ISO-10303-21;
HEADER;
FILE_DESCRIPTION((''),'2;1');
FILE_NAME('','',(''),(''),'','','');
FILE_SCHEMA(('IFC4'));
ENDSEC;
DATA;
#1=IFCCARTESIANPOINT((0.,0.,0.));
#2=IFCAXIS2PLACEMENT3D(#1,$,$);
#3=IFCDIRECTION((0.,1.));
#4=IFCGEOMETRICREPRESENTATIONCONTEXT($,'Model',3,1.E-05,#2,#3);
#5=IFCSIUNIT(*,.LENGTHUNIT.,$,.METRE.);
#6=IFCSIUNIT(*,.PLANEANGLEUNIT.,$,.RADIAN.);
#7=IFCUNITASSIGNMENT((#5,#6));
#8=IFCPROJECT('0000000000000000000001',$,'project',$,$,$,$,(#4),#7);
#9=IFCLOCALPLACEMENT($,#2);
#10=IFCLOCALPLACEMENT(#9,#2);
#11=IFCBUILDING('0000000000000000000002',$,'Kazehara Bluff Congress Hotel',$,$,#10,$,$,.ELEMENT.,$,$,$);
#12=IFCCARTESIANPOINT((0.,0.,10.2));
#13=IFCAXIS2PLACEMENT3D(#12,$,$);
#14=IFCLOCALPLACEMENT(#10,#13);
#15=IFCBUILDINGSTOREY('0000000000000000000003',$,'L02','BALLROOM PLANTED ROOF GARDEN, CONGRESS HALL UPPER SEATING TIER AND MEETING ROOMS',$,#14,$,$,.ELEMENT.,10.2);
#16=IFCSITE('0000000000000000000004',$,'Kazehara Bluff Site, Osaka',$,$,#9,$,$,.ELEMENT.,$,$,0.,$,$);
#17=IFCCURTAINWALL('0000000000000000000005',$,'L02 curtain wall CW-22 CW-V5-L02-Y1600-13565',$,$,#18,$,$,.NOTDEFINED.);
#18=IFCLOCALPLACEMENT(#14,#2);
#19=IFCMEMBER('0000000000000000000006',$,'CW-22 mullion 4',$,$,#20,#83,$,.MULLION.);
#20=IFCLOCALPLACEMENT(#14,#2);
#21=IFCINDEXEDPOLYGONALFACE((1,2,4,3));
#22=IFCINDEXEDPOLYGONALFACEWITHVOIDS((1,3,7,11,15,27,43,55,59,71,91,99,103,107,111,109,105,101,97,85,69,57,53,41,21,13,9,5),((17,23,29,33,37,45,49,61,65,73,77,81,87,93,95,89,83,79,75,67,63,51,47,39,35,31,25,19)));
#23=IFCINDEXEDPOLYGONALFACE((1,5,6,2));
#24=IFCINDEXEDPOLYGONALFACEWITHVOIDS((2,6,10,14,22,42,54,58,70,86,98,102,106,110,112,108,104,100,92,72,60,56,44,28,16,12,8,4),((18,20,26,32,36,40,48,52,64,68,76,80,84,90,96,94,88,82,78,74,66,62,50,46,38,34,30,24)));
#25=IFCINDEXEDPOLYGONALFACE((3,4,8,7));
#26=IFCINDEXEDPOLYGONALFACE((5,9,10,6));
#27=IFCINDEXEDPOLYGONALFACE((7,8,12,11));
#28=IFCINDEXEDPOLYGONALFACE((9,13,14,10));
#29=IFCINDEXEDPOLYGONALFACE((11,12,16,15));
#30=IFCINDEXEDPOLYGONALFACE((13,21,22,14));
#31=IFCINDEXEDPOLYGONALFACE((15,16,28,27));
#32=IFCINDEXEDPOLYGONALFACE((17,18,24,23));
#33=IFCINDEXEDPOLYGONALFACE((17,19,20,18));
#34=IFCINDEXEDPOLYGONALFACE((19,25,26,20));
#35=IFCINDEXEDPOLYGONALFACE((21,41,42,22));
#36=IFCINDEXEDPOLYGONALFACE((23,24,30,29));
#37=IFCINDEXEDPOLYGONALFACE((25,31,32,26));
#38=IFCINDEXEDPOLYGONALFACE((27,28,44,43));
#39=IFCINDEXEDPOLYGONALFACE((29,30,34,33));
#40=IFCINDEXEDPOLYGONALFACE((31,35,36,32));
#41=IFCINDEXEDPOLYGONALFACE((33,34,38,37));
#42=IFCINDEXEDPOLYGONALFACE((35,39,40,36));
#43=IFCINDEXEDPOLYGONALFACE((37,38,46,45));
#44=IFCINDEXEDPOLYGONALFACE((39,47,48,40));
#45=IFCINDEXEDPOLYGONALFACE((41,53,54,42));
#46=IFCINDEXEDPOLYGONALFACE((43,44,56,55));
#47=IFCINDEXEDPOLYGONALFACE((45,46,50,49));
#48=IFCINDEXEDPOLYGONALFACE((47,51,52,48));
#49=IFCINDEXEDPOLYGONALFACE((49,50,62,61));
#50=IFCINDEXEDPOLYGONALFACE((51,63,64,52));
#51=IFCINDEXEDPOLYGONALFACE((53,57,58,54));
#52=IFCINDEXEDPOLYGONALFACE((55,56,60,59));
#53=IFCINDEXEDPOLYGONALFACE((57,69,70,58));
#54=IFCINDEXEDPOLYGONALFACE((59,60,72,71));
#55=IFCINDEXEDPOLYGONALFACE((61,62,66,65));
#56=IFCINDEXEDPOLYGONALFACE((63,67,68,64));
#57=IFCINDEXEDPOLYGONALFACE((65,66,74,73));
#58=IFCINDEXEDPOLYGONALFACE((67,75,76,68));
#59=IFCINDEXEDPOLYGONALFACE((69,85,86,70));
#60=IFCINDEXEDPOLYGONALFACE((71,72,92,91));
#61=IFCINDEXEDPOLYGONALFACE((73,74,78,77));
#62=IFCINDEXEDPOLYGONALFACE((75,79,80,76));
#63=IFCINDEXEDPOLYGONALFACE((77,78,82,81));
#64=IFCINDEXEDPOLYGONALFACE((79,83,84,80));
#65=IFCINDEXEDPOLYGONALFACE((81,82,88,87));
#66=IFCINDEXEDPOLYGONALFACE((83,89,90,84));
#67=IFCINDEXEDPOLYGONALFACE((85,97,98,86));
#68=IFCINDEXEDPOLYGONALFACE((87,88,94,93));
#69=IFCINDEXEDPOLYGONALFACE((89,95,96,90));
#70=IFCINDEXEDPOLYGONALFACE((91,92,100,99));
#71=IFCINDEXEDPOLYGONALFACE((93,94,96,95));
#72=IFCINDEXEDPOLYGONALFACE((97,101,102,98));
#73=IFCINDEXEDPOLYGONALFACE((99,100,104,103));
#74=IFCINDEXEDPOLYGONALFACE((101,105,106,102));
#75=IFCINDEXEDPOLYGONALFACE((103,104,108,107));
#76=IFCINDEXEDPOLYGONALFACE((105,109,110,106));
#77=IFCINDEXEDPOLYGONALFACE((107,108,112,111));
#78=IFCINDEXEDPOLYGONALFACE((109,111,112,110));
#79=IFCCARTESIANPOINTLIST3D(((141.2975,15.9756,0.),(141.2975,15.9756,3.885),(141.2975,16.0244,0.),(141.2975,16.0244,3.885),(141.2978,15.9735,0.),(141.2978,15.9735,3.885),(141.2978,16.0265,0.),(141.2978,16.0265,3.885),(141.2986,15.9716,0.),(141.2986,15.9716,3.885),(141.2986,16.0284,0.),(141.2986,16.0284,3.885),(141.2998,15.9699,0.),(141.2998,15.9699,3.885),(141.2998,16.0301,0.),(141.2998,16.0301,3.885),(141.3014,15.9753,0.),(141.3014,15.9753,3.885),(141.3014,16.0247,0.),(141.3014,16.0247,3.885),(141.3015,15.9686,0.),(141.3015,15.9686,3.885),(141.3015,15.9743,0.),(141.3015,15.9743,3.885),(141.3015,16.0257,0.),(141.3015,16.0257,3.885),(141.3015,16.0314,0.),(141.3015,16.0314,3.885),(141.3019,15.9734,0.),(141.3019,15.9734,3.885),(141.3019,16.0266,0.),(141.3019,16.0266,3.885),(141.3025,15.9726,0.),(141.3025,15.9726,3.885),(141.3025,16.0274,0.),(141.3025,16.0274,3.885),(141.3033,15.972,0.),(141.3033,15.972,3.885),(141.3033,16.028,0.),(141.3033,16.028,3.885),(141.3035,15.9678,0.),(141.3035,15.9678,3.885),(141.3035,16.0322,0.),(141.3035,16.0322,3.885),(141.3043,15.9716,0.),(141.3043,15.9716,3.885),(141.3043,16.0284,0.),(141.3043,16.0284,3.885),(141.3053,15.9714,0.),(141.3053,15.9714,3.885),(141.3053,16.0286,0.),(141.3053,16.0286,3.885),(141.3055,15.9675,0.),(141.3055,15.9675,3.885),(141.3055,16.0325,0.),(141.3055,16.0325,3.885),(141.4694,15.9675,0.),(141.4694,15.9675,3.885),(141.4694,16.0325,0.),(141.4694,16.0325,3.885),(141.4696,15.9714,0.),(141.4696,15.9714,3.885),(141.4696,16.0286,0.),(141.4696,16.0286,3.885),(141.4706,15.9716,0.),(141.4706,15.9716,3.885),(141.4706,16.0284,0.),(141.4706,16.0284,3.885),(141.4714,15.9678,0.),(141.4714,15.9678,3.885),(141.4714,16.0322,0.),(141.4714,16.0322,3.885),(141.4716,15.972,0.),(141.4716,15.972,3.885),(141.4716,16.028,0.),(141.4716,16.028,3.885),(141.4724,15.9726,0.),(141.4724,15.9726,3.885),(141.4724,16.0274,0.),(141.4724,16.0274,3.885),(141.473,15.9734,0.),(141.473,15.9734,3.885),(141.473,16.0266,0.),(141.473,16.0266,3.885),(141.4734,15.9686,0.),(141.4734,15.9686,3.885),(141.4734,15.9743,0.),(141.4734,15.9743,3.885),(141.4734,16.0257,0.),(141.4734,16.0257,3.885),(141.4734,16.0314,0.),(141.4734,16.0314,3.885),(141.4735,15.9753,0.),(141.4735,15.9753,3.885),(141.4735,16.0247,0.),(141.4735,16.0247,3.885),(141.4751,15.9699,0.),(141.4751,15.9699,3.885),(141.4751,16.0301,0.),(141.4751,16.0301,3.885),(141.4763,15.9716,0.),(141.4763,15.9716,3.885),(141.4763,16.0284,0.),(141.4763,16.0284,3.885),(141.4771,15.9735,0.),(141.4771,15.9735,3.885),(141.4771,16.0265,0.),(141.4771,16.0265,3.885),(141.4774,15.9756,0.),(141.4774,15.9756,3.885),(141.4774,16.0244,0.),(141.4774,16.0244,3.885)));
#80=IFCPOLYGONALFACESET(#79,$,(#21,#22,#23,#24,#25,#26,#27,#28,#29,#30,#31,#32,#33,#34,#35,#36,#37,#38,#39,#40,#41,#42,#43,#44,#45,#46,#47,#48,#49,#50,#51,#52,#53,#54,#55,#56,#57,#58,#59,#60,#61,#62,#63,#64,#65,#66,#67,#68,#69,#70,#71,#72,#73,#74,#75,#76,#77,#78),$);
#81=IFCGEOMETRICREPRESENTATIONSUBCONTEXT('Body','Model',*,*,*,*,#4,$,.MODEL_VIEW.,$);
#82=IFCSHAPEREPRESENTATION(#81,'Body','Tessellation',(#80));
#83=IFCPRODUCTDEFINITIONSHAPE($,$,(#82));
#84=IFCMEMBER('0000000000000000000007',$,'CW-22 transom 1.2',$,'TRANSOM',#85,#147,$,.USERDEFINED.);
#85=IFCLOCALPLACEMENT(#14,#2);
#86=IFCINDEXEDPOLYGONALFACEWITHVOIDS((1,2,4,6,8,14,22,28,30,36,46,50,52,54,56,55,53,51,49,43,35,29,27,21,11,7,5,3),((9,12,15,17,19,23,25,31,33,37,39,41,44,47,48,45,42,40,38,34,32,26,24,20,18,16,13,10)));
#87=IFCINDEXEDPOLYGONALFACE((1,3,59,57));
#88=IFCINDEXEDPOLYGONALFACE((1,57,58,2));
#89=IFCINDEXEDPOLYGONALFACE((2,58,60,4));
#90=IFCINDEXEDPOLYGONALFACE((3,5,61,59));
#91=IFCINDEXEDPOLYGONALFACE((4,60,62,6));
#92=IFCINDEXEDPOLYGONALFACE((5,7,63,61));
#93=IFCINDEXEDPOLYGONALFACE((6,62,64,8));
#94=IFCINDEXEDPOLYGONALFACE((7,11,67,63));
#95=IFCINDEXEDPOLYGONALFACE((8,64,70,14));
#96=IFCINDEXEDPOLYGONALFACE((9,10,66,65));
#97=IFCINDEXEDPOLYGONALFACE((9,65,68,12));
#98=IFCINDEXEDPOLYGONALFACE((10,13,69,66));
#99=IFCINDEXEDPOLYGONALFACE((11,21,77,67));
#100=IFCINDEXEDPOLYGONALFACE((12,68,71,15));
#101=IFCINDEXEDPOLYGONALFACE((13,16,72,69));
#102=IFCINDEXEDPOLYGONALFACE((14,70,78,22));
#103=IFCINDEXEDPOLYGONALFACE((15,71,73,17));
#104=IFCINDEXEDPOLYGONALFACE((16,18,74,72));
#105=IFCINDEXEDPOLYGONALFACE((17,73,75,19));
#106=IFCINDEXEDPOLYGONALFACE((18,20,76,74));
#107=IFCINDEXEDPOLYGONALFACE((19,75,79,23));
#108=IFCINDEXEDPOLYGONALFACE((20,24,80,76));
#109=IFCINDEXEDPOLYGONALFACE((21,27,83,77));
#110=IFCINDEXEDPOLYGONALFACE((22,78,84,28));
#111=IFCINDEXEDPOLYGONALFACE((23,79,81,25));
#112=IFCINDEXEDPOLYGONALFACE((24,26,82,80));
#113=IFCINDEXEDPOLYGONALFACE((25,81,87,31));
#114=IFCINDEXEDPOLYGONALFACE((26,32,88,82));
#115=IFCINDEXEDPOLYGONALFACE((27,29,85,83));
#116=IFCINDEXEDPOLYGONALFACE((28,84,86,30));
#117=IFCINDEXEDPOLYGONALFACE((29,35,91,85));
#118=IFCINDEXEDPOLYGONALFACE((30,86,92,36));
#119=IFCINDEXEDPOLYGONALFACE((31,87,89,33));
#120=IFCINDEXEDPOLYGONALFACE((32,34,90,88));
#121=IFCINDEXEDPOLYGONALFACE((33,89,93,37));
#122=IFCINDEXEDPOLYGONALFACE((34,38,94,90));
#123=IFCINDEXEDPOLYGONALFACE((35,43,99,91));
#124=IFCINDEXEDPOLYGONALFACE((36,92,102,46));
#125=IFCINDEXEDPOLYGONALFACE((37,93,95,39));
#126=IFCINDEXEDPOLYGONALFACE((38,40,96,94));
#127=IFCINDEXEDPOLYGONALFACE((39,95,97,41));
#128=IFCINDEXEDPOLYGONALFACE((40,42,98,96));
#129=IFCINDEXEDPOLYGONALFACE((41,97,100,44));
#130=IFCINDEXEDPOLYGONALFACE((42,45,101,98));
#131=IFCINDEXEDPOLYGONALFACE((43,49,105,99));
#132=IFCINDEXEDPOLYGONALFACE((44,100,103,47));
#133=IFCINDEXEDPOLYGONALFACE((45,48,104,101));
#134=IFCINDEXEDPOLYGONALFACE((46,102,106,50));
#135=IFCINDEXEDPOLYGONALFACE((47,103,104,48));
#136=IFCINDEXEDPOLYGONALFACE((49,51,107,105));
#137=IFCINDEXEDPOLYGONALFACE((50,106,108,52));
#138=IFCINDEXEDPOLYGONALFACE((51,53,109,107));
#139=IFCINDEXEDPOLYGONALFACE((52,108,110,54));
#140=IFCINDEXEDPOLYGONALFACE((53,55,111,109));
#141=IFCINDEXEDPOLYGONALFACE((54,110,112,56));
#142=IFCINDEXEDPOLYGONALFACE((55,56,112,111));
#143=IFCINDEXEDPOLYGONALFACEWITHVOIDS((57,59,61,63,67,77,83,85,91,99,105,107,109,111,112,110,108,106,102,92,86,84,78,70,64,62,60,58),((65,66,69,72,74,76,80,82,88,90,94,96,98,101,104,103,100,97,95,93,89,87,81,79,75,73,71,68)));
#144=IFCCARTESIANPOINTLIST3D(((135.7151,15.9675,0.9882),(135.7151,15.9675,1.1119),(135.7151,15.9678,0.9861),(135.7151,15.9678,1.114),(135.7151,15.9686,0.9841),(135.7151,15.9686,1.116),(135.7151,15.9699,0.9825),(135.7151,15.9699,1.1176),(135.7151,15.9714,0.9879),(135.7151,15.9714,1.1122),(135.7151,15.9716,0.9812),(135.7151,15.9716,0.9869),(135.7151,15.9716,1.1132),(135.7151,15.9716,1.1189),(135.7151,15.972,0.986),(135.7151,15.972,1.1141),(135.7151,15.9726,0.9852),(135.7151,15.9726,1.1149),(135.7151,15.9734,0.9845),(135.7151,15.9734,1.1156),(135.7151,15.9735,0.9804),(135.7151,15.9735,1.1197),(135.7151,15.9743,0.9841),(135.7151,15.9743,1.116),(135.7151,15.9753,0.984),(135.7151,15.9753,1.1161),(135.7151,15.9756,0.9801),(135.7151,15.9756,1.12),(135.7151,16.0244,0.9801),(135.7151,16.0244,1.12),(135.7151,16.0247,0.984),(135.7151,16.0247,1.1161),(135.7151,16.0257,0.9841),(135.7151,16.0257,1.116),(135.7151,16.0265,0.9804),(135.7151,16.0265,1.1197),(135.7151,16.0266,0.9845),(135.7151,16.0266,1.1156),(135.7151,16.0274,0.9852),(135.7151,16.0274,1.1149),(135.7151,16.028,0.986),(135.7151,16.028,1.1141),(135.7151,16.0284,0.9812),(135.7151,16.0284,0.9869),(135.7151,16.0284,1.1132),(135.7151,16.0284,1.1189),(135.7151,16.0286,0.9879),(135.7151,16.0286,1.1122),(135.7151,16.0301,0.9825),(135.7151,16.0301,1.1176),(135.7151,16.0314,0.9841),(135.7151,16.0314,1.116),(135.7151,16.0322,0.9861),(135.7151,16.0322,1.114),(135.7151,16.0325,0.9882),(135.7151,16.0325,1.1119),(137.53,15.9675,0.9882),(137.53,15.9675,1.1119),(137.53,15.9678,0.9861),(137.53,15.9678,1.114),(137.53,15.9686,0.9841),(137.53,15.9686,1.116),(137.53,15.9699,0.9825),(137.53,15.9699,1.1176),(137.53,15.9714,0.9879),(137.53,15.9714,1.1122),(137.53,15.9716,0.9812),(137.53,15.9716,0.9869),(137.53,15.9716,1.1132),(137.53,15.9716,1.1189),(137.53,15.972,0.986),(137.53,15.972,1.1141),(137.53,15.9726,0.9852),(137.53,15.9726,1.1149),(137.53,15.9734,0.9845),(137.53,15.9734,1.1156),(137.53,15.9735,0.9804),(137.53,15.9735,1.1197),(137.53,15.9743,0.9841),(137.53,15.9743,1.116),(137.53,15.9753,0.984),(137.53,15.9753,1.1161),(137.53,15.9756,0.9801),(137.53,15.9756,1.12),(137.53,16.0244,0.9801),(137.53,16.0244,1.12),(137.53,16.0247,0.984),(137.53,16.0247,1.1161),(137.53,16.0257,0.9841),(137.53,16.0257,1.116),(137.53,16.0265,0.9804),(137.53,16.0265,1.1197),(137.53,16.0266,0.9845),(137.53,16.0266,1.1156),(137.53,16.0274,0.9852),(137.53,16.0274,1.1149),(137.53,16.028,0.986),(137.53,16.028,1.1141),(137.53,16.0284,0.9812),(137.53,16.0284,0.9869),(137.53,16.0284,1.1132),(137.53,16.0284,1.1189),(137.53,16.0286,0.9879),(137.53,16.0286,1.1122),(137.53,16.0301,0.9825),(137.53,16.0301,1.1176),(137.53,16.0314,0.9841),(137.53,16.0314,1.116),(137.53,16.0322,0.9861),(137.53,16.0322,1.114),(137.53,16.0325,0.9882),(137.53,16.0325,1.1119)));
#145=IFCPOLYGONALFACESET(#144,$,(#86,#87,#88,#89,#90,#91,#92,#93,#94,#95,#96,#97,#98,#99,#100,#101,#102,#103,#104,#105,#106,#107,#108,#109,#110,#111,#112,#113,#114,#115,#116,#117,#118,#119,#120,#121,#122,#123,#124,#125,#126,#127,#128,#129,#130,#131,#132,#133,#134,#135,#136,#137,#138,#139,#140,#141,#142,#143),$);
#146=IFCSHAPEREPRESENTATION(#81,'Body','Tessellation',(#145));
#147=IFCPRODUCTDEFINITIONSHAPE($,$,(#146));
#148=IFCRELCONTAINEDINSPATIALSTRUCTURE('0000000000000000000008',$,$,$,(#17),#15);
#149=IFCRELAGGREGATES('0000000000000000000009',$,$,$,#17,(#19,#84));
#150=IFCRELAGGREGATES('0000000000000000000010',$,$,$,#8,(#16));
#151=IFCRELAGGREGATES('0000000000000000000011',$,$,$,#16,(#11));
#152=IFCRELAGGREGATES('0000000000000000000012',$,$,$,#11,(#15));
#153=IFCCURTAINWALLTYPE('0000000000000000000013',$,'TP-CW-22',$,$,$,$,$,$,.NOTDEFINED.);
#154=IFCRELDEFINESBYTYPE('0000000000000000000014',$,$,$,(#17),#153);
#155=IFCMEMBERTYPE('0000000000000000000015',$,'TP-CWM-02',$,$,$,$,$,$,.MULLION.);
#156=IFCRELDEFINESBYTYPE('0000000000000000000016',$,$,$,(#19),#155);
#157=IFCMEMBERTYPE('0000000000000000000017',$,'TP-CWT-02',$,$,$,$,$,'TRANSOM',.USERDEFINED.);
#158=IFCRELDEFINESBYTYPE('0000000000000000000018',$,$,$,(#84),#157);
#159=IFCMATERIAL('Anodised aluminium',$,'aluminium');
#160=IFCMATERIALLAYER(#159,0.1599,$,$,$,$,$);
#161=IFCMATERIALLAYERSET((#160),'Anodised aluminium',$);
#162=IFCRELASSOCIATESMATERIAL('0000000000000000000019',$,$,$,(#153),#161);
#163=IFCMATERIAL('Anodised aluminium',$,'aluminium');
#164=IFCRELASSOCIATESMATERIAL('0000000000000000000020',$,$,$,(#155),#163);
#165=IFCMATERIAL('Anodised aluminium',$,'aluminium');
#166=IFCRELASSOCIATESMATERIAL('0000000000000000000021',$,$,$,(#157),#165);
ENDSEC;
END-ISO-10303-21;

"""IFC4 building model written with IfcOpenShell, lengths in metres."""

from ifc_helpers import new_model, si_unit, direction, frame, origin, origin_2d, place, context, subcontext, project, spatial, hollow_rectangle, extrude, material, layer, layer_set, material_profile, profile_set, type_object, element, aggregate, save


model = new_model("IFC4")

# Units and contexts
model_context = context("Model", 3, precision=1e-05, world=origin(), true_north=direction((0.0, 1.0)))
body_context = subcontext(model_context, "Body", "Model", "MODEL_VIEW")
ifc_project = project(units=[si_unit("LENGTHUNIT", "METRE"), si_unit("PLANEANGLEUNIT", "RADIAN")], contexts=[model_context])

# Site, building, storey
site_placement = place(None, origin())
site = spatial("IfcSite", under=ifc_project, at=site_placement, Name="Kazehara Bluff Site, Osaka", CompositionType="ELEMENT", RefElevation=0.0)
building_placement = place(site_placement, origin())
building = spatial("IfcBuilding", under=site, at=building_placement, Name="Kazehara Bluff Congress Hotel", CompositionType="ELEMENT")
storey_placement = place(building_placement, frame((0.0, 0.0, 10.2)))
storey = spatial("IfcBuildingStorey", under=building, at=storey_placement, Name="L02", Description="BALLROOM PLANTED ROOF GARDEN, CONGRESS HALL UPPER SEATING TIER AND MEETING ROOMS", CompositionType="ELEMENT", Elevation=10.2)

# Curtain wall, members
ifc_material_1 = material(Name="Anodised aluminium", Category="aluminium")
ifc_layer_1 = layer(ifc_material_1, 0.1599)
ifc_layer_set_1 = layer_set([ifc_layer_1], Name="Anodised aluminium")
curtain_wall_type = type_object("IfcCurtainWallType", Name="TP-CW-22", PredefinedType="NOTDEFINED", material=ifc_layer_set_1)
curtain_wall_placement = place(storey_placement, origin())
curtain_wall = element("IfcCurtainWall", 1, at=curtain_wall_placement, inside=storey, type_object=curtain_wall_type, Name="L02 curtain wall CW-22 CW-V5-L02-Y1600-13565", PredefinedType="NOTDEFINED")
ifc_material_2 = material(Name="Anodised aluminium", Category="aluminium")
ifc_material_profile_1 = material_profile(ifc_material_2, hollow_rectangle(XDim=0.0649, YDim=0.1799, WallThickness=0.0039, InnerFilletRadius=0.0039, OuterFilletRadius=0.0081, at=origin_2d()))
ifc_profile_set_1 = profile_set([ifc_material_profile_1], Name="Anodised aluminium")
member_type_1 = type_object("IfcMemberType", Name="TP-CWM-02", PredefinedType="MULLION", material=ifc_profile_set_1)
member_1_placement = place(storey_placement, frame((141.3875, 16.0, 0.0), z_axis=(0.0, 0.0, 1.0), x_axis=(0.0, 1.0, 0.0)))
member_1 = element("IfcMember", 2, at=member_1_placement, type_object=member_type_1, Name="CW-22 mullion 4", PredefinedType="MULLION", context=body_context, shape_type="SweptSolid", body=[
    extrude(hollow_rectangle(XDim=0.0649, YDim=0.1799, WallThickness=0.0039, InnerFilletRadius=0.0039, OuterFilletRadius=0.0081, at=origin_2d()), origin(), (0.0, 0.0, 1.0), 3.885),
])
ifc_material_3 = material(Name="Anodised aluminium", Category="aluminium")
ifc_material_profile_2 = material_profile(ifc_material_3, hollow_rectangle(XDim=0.0649, YDim=0.1399, WallThickness=0.0039, InnerFilletRadius=0.0039, OuterFilletRadius=0.0081, at=origin_2d()))
ifc_profile_set_2 = profile_set([ifc_material_profile_2], Name="Anodised aluminium")
member_type_2 = type_object("IfcMemberType", Name="TP-CWT-02", ElementType="TRANSOM", PredefinedType="USERDEFINED", material=ifc_profile_set_2)
member_2_placement = place(storey_placement, frame((135.7151, 16.0, 1.05), z_axis=(1.0, 0.0, 0.0), x_axis=(0.0, 1.0, 0.0)))
member_2 = element("IfcMember", 3, at=member_2_placement, type_object=member_type_2, Name="CW-22 transom 1.2", ObjectType="TRANSOM", PredefinedType="USERDEFINED", context=body_context, shape_type="SweptSolid", body=[
    extrude(hollow_rectangle(XDim=0.0649, YDim=0.1399, WallThickness=0.0039, InnerFilletRadius=0.0039, OuterFilletRadius=0.0081, at=origin_2d()), origin(), (0.0, 0.0, 1.0), 1.8149),
])
aggregate(curtain_wall, [member_1, member_2])

save(model, "model.ifc")
